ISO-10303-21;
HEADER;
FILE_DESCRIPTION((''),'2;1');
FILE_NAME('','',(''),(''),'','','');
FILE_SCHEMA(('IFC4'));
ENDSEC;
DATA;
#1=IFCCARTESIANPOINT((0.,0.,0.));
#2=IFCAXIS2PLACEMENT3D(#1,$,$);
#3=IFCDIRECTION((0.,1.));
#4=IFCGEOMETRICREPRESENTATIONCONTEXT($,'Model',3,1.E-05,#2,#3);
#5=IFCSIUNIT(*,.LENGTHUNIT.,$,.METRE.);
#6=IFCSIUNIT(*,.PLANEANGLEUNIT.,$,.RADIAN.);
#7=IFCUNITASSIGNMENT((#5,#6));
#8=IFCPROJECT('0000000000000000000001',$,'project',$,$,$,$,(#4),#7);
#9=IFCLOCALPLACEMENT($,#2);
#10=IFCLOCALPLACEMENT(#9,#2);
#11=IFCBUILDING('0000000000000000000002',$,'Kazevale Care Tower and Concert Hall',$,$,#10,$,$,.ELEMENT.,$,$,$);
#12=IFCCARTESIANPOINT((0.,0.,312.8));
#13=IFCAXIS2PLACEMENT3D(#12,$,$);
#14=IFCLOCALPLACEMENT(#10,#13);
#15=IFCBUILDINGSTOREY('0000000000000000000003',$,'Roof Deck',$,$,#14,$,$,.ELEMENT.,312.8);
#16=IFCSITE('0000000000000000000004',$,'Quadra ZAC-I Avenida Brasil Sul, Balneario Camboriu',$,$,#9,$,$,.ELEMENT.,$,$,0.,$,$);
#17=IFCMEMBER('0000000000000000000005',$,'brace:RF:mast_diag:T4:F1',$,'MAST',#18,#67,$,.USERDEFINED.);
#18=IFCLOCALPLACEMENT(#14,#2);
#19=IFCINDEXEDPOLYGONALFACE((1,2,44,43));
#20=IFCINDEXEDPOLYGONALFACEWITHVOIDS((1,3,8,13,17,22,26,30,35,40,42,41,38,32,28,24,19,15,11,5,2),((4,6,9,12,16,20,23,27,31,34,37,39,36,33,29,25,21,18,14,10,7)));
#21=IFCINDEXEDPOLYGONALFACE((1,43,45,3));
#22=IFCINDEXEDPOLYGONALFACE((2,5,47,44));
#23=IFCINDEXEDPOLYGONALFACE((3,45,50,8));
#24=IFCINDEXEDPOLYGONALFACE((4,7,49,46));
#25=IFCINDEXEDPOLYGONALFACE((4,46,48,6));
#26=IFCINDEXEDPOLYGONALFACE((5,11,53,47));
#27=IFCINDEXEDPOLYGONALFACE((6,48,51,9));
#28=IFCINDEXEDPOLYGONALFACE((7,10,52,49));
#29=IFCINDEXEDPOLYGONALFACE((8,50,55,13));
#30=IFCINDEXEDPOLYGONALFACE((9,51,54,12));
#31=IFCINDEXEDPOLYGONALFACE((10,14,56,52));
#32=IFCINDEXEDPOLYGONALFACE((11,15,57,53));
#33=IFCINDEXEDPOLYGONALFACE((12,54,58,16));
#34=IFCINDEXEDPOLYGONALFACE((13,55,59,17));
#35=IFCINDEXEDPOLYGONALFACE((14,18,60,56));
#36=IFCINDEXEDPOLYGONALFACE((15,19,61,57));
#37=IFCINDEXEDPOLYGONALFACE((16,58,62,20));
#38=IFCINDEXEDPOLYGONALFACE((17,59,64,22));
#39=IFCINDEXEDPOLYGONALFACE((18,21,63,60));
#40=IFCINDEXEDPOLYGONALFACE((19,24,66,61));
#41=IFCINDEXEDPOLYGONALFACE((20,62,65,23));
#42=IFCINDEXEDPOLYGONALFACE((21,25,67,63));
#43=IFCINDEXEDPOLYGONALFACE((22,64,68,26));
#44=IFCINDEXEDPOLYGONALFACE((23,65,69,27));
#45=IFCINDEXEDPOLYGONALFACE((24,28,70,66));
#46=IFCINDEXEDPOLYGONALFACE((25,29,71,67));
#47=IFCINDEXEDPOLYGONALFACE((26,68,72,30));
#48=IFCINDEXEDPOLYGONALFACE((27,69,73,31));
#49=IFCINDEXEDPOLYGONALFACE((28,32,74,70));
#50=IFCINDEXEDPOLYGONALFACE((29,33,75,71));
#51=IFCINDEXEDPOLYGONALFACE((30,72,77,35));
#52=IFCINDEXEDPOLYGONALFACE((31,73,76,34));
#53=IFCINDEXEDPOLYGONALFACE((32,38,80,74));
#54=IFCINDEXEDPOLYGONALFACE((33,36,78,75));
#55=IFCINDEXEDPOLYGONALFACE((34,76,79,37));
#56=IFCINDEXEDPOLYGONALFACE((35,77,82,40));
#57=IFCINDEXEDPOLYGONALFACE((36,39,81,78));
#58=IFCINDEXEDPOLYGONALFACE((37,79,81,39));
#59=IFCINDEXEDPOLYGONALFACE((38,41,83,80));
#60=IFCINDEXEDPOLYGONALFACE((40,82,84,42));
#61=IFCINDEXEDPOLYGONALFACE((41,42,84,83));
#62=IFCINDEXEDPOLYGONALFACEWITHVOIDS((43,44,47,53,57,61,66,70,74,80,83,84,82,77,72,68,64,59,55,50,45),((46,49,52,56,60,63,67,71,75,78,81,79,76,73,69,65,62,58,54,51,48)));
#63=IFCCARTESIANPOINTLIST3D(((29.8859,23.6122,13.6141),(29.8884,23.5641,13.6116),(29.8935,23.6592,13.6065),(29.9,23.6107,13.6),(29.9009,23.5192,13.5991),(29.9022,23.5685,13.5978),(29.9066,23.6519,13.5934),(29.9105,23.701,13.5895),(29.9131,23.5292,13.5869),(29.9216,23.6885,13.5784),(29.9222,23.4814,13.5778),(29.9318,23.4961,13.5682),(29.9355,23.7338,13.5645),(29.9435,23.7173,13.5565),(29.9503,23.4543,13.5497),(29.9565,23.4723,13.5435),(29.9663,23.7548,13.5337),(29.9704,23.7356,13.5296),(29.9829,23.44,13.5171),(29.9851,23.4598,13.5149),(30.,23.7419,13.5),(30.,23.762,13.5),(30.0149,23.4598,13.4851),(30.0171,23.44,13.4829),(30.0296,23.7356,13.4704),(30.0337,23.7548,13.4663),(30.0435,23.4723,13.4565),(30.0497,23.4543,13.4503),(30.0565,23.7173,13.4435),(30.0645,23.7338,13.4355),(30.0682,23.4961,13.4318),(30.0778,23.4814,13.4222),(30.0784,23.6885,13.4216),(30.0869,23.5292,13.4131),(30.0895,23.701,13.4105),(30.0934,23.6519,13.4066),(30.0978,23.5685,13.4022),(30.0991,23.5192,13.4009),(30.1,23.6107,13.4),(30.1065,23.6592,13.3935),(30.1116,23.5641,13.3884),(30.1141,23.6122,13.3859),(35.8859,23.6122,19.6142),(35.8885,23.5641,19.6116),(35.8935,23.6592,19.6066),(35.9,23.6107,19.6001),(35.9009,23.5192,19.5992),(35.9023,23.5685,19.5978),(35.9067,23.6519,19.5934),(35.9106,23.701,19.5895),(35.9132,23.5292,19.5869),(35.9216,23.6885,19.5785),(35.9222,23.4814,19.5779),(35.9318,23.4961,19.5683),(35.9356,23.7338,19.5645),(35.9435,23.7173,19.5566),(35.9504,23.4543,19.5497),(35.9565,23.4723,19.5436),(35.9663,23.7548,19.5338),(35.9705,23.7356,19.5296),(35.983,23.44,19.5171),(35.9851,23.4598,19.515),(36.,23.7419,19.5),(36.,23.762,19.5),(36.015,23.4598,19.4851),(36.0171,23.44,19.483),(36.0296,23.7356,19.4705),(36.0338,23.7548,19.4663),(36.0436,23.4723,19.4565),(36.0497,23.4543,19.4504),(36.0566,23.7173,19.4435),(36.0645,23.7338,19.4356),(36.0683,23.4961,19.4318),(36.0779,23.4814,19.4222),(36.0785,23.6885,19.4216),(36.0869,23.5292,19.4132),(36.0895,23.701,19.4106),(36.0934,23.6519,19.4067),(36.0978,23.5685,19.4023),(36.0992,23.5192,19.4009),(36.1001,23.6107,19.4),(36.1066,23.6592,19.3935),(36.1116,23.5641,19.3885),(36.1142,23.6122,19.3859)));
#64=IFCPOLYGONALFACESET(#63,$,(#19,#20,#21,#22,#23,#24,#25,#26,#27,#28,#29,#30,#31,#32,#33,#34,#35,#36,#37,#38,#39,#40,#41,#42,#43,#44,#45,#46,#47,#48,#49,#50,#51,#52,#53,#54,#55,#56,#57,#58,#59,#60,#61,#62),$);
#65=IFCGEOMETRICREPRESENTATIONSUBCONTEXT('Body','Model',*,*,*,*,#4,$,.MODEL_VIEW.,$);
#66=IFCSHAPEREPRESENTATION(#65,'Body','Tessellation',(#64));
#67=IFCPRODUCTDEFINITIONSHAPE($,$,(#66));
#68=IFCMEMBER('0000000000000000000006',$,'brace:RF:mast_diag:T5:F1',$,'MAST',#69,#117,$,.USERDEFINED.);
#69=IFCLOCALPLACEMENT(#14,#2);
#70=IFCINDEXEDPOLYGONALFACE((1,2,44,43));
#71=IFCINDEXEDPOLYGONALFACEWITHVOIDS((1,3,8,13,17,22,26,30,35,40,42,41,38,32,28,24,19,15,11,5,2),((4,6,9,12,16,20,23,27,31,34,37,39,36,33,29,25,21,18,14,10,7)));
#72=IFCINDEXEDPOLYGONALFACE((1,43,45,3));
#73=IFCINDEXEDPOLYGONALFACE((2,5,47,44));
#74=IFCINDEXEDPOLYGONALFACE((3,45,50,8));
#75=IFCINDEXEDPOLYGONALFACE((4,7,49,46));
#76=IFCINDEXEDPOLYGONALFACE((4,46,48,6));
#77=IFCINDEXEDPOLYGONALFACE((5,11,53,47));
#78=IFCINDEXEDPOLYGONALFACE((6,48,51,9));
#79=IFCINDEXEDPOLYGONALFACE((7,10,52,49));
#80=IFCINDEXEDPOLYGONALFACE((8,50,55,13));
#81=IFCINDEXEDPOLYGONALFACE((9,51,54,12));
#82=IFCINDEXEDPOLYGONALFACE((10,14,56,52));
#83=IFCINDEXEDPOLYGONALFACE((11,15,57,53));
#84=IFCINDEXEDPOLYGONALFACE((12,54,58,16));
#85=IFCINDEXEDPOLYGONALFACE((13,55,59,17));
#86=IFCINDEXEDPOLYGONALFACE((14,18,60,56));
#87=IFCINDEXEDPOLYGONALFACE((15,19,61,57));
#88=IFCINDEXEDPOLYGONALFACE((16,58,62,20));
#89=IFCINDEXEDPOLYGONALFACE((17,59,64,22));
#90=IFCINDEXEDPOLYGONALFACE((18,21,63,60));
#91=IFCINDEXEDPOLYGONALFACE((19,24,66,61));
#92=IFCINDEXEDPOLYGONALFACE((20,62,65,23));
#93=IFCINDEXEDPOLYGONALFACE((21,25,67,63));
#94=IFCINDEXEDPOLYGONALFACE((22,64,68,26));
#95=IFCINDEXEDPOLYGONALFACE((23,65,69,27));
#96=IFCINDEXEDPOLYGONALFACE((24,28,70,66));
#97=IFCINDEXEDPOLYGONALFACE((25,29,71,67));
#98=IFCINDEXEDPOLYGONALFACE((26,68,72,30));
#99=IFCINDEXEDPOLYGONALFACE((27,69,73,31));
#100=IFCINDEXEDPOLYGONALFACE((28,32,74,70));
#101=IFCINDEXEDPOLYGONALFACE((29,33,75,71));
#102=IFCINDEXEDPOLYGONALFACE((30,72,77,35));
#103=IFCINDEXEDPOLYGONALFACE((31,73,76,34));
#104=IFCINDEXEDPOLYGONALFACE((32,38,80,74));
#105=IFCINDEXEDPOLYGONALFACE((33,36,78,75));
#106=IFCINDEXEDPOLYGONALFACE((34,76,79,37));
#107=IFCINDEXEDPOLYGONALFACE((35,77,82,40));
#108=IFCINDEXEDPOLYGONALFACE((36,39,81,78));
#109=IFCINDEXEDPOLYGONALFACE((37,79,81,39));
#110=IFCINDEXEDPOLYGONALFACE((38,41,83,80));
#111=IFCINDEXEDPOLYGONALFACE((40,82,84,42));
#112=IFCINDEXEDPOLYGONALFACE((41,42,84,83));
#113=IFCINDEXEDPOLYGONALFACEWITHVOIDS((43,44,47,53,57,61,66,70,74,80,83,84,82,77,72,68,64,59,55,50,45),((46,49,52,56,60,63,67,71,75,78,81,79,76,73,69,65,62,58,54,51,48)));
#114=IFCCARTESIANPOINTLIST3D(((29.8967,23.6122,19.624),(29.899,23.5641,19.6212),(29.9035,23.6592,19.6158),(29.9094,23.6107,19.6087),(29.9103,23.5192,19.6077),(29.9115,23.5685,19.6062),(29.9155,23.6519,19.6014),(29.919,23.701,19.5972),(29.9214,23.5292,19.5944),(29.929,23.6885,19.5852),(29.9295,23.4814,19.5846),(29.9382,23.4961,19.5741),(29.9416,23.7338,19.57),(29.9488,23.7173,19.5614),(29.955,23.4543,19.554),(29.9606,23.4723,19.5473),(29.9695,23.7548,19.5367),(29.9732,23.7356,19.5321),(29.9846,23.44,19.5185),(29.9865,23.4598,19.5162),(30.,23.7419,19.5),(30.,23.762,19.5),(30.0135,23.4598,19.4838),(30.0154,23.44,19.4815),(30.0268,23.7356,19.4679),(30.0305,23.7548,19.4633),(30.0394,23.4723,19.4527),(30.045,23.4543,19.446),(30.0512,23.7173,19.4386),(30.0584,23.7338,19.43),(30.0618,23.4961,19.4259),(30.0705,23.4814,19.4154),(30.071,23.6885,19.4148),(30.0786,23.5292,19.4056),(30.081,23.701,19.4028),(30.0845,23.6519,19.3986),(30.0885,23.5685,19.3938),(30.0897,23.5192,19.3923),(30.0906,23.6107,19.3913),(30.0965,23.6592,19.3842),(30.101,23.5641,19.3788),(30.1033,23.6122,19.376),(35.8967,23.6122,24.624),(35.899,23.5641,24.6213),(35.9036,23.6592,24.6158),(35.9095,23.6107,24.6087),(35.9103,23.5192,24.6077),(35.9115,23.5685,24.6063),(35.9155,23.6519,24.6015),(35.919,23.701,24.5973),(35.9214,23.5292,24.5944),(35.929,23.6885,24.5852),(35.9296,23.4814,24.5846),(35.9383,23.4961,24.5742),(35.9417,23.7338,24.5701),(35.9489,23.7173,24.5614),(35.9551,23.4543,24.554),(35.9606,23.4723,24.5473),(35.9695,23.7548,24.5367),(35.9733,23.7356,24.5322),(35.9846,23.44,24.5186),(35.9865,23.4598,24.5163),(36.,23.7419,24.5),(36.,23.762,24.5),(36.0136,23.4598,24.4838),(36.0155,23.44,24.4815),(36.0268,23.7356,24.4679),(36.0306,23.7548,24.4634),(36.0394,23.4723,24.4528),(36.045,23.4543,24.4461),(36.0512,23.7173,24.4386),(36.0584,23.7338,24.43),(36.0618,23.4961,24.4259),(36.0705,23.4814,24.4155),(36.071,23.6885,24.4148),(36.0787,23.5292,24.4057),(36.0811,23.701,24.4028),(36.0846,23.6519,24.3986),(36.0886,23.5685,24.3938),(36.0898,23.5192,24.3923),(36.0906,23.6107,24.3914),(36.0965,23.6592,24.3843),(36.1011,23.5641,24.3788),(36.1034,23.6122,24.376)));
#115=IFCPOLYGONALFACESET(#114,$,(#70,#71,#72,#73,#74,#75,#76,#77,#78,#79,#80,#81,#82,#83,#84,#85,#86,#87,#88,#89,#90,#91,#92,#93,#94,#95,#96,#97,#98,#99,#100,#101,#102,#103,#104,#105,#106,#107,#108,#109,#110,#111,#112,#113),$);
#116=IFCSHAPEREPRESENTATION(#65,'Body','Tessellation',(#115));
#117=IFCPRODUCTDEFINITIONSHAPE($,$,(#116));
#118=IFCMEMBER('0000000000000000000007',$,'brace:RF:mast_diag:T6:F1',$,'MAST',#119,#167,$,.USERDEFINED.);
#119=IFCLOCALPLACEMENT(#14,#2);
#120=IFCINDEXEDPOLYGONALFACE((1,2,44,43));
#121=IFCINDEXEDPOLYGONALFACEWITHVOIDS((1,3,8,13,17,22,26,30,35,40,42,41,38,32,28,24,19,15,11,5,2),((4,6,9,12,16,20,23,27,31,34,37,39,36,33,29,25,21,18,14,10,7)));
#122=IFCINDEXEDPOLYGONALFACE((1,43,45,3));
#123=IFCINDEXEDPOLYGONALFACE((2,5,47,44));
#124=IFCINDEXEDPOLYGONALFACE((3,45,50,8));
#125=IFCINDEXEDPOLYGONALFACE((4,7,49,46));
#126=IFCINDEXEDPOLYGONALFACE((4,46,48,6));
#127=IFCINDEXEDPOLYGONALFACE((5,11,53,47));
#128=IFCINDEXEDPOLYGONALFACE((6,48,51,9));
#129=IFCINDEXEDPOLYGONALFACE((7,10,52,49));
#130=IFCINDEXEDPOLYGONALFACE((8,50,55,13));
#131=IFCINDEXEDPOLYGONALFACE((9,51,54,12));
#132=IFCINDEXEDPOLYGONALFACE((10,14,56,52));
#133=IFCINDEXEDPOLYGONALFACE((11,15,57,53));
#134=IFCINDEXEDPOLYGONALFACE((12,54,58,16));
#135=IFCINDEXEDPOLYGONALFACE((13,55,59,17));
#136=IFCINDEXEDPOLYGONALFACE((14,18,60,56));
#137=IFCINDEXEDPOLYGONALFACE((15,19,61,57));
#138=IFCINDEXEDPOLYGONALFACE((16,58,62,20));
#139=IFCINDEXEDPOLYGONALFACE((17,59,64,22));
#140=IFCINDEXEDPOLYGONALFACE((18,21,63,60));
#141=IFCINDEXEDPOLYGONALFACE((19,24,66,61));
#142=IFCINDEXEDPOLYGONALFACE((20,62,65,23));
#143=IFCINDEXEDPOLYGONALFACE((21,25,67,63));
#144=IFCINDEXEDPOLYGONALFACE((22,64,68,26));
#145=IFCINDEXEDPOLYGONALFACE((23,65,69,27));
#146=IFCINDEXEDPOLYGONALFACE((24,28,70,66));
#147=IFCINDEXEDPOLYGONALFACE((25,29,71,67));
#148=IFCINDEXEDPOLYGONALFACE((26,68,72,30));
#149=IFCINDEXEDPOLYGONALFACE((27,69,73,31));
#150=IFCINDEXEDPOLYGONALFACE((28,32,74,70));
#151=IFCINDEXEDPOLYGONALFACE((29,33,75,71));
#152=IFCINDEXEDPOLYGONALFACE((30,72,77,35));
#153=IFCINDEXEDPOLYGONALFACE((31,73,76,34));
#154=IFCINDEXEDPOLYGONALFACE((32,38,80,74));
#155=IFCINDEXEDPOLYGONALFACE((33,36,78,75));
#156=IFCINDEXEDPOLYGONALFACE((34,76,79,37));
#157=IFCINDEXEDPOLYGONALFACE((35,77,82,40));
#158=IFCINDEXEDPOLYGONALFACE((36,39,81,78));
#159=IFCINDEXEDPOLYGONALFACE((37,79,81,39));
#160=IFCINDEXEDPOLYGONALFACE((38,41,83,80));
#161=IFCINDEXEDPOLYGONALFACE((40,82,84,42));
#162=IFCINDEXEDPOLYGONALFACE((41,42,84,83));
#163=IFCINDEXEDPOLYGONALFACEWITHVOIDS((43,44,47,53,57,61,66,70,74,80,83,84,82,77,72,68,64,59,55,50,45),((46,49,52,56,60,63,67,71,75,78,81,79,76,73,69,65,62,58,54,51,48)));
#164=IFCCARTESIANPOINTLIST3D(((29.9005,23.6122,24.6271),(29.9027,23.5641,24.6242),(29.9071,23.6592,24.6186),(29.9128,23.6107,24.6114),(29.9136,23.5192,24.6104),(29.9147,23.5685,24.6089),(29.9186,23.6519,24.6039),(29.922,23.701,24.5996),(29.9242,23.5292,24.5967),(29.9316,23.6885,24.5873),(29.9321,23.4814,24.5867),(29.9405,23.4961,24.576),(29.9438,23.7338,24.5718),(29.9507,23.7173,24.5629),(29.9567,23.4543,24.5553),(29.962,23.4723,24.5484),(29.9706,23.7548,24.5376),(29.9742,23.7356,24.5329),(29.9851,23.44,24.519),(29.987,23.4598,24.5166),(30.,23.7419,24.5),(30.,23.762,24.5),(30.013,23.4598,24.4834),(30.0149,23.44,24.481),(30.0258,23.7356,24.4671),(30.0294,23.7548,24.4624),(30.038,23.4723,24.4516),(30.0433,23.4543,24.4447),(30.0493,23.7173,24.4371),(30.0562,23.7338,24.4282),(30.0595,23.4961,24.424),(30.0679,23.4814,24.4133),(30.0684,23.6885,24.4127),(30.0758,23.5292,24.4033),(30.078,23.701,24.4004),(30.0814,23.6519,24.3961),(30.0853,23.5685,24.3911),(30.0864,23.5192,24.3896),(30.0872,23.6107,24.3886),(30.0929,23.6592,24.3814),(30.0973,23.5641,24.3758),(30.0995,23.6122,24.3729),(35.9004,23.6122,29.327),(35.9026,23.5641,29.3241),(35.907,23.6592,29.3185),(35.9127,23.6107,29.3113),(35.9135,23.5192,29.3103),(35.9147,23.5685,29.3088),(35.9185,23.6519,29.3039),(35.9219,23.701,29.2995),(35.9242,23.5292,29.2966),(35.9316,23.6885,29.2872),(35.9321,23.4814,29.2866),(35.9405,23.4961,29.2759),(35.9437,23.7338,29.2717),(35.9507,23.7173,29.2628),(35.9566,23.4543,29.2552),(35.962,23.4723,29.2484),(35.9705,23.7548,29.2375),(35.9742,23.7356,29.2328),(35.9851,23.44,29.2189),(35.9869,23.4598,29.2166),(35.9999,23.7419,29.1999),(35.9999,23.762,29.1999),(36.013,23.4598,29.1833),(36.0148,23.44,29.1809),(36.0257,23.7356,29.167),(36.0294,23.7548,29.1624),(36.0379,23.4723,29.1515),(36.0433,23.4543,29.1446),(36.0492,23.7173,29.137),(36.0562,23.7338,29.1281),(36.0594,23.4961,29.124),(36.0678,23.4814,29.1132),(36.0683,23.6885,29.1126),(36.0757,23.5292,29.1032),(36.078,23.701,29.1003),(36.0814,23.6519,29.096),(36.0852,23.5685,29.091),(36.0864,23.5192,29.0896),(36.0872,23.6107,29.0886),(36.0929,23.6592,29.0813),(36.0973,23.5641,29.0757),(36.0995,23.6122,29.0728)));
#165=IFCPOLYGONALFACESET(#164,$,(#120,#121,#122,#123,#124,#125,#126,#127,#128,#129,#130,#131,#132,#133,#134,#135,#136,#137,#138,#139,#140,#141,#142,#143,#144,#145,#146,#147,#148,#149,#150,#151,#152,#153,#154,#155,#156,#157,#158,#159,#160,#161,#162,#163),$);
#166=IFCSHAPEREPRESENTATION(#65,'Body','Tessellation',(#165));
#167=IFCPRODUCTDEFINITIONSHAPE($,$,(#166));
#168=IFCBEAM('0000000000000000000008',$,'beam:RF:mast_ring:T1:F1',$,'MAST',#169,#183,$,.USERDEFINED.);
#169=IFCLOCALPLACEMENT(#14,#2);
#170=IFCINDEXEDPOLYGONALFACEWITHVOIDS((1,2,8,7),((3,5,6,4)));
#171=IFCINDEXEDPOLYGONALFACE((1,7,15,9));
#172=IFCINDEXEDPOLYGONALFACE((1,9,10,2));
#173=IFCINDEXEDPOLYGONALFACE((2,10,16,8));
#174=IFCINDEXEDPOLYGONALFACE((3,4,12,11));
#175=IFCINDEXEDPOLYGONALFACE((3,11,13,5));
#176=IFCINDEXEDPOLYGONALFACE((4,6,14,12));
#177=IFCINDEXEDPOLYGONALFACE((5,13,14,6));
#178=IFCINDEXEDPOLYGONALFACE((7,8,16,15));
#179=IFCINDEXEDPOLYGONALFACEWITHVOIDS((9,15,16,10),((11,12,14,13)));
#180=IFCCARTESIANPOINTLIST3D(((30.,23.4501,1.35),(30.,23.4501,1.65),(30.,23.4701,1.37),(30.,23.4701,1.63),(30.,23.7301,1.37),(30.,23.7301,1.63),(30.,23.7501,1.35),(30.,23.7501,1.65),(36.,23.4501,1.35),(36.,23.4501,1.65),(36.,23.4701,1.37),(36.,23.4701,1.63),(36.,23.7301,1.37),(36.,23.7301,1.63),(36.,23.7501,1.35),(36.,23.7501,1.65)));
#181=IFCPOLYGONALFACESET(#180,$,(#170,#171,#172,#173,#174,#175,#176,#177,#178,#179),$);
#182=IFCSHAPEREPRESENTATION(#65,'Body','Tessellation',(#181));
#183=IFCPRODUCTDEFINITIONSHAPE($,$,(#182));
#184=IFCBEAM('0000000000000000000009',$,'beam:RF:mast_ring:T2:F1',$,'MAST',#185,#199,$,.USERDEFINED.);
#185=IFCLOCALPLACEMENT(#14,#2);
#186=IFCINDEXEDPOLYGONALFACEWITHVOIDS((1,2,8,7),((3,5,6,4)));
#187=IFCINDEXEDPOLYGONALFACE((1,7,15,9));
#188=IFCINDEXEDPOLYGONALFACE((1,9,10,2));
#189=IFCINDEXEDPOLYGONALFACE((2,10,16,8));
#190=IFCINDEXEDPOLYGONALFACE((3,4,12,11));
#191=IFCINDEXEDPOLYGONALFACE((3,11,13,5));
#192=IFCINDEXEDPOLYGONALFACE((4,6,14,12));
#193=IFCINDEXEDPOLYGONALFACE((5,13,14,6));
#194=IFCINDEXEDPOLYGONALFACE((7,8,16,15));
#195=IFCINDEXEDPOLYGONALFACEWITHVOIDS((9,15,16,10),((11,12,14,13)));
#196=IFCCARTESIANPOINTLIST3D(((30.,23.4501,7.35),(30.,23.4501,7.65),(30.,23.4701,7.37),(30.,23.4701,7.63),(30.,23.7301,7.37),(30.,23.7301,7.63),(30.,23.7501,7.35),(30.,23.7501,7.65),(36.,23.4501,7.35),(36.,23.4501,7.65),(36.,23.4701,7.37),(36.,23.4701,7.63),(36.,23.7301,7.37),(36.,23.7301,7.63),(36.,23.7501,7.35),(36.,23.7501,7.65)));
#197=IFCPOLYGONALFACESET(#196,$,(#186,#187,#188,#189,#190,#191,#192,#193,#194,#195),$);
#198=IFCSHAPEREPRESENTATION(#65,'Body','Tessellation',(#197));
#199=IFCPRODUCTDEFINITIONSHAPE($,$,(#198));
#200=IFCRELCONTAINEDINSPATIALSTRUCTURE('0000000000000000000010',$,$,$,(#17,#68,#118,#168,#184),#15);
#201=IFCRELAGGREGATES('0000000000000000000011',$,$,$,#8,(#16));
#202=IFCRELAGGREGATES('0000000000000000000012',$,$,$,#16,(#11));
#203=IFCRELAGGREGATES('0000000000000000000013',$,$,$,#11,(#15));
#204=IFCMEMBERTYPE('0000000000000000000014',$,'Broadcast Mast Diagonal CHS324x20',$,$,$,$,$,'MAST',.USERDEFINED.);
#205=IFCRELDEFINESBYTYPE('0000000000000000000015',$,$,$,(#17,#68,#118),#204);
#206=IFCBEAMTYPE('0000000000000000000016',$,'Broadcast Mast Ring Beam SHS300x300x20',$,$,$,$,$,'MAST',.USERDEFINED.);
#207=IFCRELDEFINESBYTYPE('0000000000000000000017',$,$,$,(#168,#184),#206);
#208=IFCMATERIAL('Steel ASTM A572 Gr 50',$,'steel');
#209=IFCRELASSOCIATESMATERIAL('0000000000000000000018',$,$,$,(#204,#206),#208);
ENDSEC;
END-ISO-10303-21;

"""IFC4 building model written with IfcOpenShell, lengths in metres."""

from ifc_helpers import new_model, si_unit, direction, frame, origin, origin_2d, place, context, subcontext, project, spatial, hollow_rectangle, hollow_circle, extrude, material, material_profile, profile_set, type_object, element, save


model = new_model("IFC4")

# Units and contexts
model_context = context("Model", 3, precision=1e-05, world=origin(), true_north=direction((0.0, 1.0)))
body_context = subcontext(model_context, "Body", "Model", "MODEL_VIEW")
ifc_project = project(units=[si_unit("LENGTHUNIT", "METRE"), si_unit("PLANEANGLEUNIT", "RADIAN")], contexts=[model_context])

# Site, building, storey
site_placement = place(None, origin())
site = spatial("IfcSite", under=ifc_project, at=site_placement, Name="Quadra ZAC-I Avenida Brasil Sul, Balneario Camboriu", CompositionType="ELEMENT", RefElevation=0.0)
building_placement = place(site_placement, origin())
building = spatial("IfcBuilding", under=site, at=building_placement, Name="Kazevale Care Tower and Concert Hall", CompositionType="ELEMENT")
storey_placement = place(building_placement, frame((0.0, 0.0, 312.8)))
storey = spatial("IfcBuildingStorey", under=building, at=storey_placement, Name="Roof Deck", CompositionType="ELEMENT", Elevation=312.8)

# Shared definitions
ifc_material_1 = material(Name="Steel ASTM A572 Gr 50", Category="steel")

# Members
ifc_material_profile_1 = material_profile(ifc_material_1, hollow_circle(Radius=0.1619, WallThickness=0.02, at=origin_2d()), Name="CHS324x20")
ifc_profile_set_1 = profile_set([ifc_material_profile_1], Name="Steel ASTM A572 Gr 50")
member_type = type_object("IfcMemberType", Name="Broadcast Mast Diagonal CHS324x20", ElementType="MAST", PredefinedType="USERDEFINED", material=ifc_profile_set_1)
for number, where, z_axis, x_axis, name in (
    (1, (30.0, 23.6001, 13.5), (0.707107, 0.0, 0.707107), (0.0, 1.0, 0.0), "brace:RF:mast_diag:T4:F1"),
):
    element("IfcMember", number, at=place(storey_placement, frame(where, z_axis=z_axis, x_axis=x_axis)), inside=storey, type_object=member_type, Name=name, ObjectType="MAST", PredefinedType="USERDEFINED", context=body_context, shape_type="SweptSolid", body=[
        extrude(hollow_circle(Radius=0.1619, WallThickness=0.02, at=origin_2d()), origin(), (0.0, 0.0, 1.0), 8.4854),
    ])
member_1_placement = place(storey_placement, frame((30.0, 23.6001, 19.5), z_axis=(0.768221, 0.0, 0.640184), x_axis=(0.0, 1.0, 0.0)))
element("IfcMember", 2, at=member_1_placement, inside=storey, type_object=member_type, Name="brace:RF:mast_diag:T5:F1", ObjectType="MAST", PredefinedType="USERDEFINED", context=body_context, shape_type="SweptSolid", body=[
    extrude(hollow_circle(Radius=0.1619, WallThickness=0.02, at=origin_2d()), origin(), (0.0, 0.0, 1.0), 7.8103),
])
member_2_placement = place(storey_placement, frame((30.0, 23.6001, 24.5), z_axis=(0.787231, 0.0, 0.616658), x_axis=(0.0, 1.0, 0.0)))
element("IfcMember", 3, at=member_2_placement, inside=storey, type_object=member_type, Name="brace:RF:mast_diag:T6:F1", ObjectType="MAST", PredefinedType="USERDEFINED", context=body_context, shape_type="SweptSolid", body=[
    extrude(hollow_circle(Radius=0.1619, WallThickness=0.02, at=origin_2d()), origin(), (0.0, 0.0, 1.0), 7.6216),
])

# Beams
ifc_material_profile_2 = material_profile(ifc_material_1, hollow_rectangle(XDim=0.3, YDim=0.3, WallThickness=0.02, at=origin_2d()), Name="SHS300x300x20")
ifc_profile_set_2 = profile_set([ifc_material_profile_2], Name="Steel ASTM A572 Gr 50")
beam_type = type_object("IfcBeamType", Name="Broadcast Mast Ring Beam SHS300x300x20", ElementType="MAST", PredefinedType="USERDEFINED", material=ifc_profile_set_2)
for number, where, z_axis, x_axis, name in (
    (4, (30.0, 23.6001, 1.5), (1.0, 0.0, 0.0), (0.0, 1.0, 0.0), "beam:RF:mast_ring:T1:F1"),
    (5, (30.0, 23.6001, 7.5), (1.0, 0.0, 0.0), (0.0, 1.0, 0.0), "beam:RF:mast_ring:T2:F1"),
):
    element("IfcBeam", number, at=place(storey_placement, frame(where, z_axis=z_axis, x_axis=x_axis)), inside=storey, type_object=beam_type, Name=name, ObjectType="MAST", PredefinedType="USERDEFINED", context=body_context, shape_type="SweptSolid", body=[
        extrude(hollow_rectangle(XDim=0.3, YDim=0.3, WallThickness=0.02, at=origin_2d()), origin(), (0.0, 0.0, 1.0), 6.0),
    ])

save(model, "model.ifc")
